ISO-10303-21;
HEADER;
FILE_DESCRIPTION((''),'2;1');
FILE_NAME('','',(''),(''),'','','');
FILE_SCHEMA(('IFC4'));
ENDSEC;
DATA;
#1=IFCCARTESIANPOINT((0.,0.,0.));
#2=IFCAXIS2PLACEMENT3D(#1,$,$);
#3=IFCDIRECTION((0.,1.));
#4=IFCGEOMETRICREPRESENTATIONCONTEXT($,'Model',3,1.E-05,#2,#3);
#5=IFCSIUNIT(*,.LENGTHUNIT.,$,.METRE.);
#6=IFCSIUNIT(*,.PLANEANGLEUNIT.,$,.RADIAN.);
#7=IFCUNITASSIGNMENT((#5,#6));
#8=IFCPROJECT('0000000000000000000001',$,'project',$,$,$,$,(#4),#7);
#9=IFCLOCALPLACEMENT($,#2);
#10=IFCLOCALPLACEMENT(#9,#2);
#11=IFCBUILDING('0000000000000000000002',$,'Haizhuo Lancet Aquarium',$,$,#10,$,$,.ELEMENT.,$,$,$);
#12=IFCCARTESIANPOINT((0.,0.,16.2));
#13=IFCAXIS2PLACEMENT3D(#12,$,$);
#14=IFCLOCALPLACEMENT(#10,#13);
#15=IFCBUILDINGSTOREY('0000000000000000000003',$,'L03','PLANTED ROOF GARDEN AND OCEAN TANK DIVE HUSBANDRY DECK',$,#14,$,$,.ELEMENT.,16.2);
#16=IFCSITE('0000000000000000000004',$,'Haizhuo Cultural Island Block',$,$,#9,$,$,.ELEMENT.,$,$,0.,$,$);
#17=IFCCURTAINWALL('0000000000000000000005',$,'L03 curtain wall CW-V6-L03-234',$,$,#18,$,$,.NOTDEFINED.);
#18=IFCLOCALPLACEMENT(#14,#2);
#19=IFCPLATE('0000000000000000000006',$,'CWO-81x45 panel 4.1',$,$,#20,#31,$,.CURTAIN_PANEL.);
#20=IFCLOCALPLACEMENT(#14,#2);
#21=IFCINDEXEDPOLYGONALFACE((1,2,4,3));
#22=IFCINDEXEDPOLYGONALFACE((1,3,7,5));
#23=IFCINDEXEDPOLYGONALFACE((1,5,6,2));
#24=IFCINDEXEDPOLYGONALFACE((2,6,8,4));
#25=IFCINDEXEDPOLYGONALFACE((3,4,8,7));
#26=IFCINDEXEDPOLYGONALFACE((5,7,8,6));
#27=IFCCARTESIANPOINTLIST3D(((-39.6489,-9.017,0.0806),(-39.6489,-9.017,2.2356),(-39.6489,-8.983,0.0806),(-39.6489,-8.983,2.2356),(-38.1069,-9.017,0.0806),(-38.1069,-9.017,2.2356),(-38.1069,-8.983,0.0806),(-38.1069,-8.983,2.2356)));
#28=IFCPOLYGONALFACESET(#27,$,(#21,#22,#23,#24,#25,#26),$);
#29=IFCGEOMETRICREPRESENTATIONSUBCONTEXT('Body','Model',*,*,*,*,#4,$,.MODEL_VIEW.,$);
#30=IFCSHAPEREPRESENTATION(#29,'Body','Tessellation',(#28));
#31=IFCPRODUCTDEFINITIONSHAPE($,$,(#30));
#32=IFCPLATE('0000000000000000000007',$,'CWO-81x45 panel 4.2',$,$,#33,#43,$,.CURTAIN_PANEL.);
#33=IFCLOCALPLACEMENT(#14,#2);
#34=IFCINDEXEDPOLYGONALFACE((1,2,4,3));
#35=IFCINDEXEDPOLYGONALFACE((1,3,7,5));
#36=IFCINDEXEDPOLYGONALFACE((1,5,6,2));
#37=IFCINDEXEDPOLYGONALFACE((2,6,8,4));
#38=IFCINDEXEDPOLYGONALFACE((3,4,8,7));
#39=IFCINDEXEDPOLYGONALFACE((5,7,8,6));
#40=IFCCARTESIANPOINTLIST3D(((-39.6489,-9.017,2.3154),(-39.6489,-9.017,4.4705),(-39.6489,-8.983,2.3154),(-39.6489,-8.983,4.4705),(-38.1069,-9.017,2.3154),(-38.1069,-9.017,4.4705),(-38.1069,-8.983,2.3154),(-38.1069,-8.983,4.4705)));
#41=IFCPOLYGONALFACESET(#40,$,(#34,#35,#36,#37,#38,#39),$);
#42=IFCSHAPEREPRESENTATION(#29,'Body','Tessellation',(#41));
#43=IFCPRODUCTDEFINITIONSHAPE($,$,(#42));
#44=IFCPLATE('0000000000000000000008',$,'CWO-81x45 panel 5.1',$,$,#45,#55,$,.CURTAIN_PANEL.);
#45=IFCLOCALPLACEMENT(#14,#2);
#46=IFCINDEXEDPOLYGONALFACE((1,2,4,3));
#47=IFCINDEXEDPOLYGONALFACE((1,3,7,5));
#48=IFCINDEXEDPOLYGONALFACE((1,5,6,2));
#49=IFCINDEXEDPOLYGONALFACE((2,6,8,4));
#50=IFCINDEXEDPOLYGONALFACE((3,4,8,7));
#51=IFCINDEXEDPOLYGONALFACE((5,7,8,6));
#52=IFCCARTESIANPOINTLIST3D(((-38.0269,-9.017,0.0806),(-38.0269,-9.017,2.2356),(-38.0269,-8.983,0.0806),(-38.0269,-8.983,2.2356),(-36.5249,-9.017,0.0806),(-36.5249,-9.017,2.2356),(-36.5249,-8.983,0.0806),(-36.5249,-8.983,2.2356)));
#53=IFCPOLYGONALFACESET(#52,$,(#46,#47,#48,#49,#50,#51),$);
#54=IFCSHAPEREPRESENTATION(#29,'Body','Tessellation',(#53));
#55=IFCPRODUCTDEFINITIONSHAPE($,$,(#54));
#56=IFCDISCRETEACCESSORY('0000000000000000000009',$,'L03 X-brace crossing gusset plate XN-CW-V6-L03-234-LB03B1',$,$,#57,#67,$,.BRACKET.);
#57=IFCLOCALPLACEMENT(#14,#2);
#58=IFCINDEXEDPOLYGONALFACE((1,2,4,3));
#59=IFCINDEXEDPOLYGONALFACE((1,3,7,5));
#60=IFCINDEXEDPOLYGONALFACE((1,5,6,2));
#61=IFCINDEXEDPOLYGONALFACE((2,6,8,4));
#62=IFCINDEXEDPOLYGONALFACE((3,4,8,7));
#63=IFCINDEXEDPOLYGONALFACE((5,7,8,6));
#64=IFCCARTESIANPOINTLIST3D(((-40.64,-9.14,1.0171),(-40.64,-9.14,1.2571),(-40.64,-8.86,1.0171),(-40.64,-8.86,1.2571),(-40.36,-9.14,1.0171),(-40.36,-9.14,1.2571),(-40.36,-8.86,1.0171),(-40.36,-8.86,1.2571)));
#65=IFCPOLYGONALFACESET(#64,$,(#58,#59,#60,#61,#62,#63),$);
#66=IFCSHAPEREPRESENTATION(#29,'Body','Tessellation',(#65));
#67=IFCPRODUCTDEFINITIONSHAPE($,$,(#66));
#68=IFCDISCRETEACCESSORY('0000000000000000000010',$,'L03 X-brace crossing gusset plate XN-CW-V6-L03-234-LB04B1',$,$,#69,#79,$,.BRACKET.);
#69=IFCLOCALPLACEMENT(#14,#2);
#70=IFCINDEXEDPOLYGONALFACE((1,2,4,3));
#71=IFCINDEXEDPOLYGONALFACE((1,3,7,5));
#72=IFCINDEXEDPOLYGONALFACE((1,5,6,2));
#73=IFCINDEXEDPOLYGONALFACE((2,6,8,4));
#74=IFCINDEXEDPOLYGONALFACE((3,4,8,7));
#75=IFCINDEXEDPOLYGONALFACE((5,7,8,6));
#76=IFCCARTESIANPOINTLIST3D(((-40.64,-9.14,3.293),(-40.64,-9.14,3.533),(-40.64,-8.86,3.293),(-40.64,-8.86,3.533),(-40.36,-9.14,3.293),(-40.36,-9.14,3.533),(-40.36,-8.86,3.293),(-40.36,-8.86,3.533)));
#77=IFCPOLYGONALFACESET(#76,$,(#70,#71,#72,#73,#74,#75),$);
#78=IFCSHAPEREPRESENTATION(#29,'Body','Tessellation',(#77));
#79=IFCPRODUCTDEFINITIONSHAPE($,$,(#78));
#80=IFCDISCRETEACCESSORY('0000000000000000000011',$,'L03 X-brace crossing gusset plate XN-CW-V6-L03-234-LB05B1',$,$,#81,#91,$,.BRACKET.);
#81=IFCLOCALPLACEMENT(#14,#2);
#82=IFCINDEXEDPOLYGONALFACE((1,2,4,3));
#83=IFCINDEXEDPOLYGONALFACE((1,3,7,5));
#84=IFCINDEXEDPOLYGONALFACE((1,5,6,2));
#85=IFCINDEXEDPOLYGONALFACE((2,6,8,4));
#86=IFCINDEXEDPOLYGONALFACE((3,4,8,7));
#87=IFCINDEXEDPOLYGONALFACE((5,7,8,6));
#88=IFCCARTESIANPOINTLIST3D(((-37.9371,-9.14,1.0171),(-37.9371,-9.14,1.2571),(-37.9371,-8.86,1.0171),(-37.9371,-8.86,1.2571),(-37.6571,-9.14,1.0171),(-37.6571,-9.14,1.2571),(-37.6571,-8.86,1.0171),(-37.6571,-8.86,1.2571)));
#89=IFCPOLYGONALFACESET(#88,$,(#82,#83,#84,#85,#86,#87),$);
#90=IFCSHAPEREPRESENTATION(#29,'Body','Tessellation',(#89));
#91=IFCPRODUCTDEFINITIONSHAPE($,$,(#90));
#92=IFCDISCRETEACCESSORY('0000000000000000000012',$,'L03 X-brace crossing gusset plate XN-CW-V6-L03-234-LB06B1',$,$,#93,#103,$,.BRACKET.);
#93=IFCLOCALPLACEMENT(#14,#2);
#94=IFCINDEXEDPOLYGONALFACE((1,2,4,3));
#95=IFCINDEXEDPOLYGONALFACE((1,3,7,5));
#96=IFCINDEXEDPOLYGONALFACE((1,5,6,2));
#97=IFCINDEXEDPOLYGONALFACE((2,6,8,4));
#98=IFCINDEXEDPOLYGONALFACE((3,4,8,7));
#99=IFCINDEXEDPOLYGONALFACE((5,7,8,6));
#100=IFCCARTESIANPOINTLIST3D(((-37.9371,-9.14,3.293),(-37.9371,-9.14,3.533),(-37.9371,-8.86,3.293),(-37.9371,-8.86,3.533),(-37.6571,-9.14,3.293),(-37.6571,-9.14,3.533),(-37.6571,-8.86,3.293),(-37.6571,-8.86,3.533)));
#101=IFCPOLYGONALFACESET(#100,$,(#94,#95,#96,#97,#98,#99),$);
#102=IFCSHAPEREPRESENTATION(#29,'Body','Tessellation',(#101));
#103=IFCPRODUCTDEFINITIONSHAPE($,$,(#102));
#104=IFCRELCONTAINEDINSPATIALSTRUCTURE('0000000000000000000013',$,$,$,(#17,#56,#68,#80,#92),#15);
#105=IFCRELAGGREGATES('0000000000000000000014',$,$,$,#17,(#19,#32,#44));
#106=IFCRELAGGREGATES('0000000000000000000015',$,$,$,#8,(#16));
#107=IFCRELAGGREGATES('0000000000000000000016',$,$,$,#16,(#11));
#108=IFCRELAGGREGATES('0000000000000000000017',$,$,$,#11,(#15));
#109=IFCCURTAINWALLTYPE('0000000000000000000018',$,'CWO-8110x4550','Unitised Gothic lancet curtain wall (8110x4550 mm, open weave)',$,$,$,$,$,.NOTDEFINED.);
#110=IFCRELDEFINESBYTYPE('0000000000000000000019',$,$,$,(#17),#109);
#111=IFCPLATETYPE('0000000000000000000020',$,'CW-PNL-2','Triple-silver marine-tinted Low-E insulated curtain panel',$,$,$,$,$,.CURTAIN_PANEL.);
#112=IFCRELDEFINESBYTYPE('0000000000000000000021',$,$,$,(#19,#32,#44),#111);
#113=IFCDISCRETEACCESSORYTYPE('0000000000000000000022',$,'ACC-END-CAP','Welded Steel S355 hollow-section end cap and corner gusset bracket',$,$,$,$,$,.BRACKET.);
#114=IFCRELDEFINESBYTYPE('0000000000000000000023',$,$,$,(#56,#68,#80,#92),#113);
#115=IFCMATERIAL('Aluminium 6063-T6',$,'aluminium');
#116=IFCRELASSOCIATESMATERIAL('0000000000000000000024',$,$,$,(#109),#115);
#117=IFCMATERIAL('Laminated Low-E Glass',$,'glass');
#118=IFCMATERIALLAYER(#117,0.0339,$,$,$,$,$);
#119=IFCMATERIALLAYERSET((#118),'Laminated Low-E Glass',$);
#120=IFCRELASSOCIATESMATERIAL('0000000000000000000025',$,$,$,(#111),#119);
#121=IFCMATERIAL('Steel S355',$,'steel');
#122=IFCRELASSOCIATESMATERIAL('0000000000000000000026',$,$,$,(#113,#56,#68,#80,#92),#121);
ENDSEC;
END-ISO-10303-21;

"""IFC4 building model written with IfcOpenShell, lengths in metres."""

from ifc_helpers import new_model, si_unit, direction, frame, origin, origin_2d, place, context, subcontext, project, spatial, rectangle, extrude, material, layer, layer_set, type_object, element, aggregate, save


model = new_model("IFC4")

# Units and contexts
model_context = context("Model", 3, precision=1e-05, world=origin(), true_north=direction((0.0, 1.0)))
body_context = subcontext(model_context, "Body", "Model", "MODEL_VIEW")
ifc_project = project(units=[si_unit("LENGTHUNIT", "METRE"), si_unit("PLANEANGLEUNIT", "RADIAN")], contexts=[model_context])

# Site, building, storey
site_placement = place(None, origin())
site = spatial("IfcSite", under=ifc_project, at=site_placement, Name="Haizhuo Cultural Island Block", CompositionType="ELEMENT", RefElevation=0.0)
building_placement = place(site_placement, origin())
building = spatial("IfcBuilding", under=site, at=building_placement, Name="Haizhuo Lancet Aquarium", CompositionType="ELEMENT")
storey_placement = place(building_placement, frame((0.0, 0.0, 16.2)))
storey = spatial("IfcBuildingStorey", under=building, at=storey_placement, Name="L03", Description="PLANTED ROOF GARDEN AND OCEAN TANK DIVE HUSBANDRY DECK", CompositionType="ELEMENT", Elevation=16.2)

# Curtain wall
ifc_material_1 = material(Name="Aluminium 6063-T6", Category="aluminium")
curtain_wall_type = type_object("IfcCurtainWallType", Name="CWO-8110x4550", Description="Unitised Gothic lancet curtain wall (8110x4550 mm, open weave)", PredefinedType="NOTDEFINED", material=ifc_material_1)
curtain_wall_placement = place(storey_placement, origin())
curtain_wall = element("IfcCurtainWall", 1, at=curtain_wall_placement, inside=storey, type_object=curtain_wall_type, Name="L03 curtain wall CW-V6-L03-234", PredefinedType="NOTDEFINED")

# Shared definitions
ifc_material_2 = material(Name="Steel S355", Category="steel")

# Plates
ifc_material_3 = material(Name="Laminated Low-E Glass", Category="glass")
ifc_layer = layer(ifc_material_3, 0.0339)
ifc_layer_set = layer_set([ifc_layer], Name="Laminated Low-E Glass")
plate_type = type_object("IfcPlateType", Name="CW-PNL-2", Description="Triple-silver marine-tinted Low-E insulated curtain panel", PredefinedType="CURTAIN_PANEL", material=ifc_layer_set)
plate_1_placement = place(storey_placement, frame((-38.8779, -9.0, 0.0806), z_axis=(0.0, 0.0, 1.0), x_axis=(1.0, 0.0, 0.0)))
plate_1 = element("IfcPlate", 2, at=plate_1_placement, type_object=plate_type, Name="CWO-81x45 panel 4.1", PredefinedType="CURTAIN_PANEL", context=body_context, shape_type="SweptSolid", body=[
    extrude(rectangle(XDim=1.542, YDim=0.0339, at=origin_2d()), origin(), (0.0, 0.0, 1.0), 2.155),
])
plate_2_placement = place(storey_placement, frame((-38.8779, -9.0, 2.3154), z_axis=(0.0, 0.0, 1.0), x_axis=(1.0, 0.0, 0.0)))
plate_2 = element("IfcPlate", 3, at=plate_2_placement, type_object=plate_type, Name="CWO-81x45 panel 4.2", PredefinedType="CURTAIN_PANEL", context=body_context, shape_type="SweptSolid", body=[
    extrude(rectangle(XDim=1.542, YDim=0.0339, at=origin_2d()), origin(), (0.0, 0.0, 1.0), 2.155),
])
plate_3_placement = place(storey_placement, frame((-37.2759, -9.0, 0.0806), z_axis=(0.0, 0.0, 1.0), x_axis=(1.0, 0.0, 0.0)))
plate_3 = element("IfcPlate", 4, at=plate_3_placement, type_object=plate_type, Name="CWO-81x45 panel 5.1", PredefinedType="CURTAIN_PANEL", context=body_context, shape_type="SweptSolid", body=[
    extrude(rectangle(XDim=1.502, YDim=0.0339, at=origin_2d()), origin(), (0.0, 0.0, 1.0), 2.155),
])
aggregate(curtain_wall, [plate_1, plate_2, plate_3])

# Discrete accessories
discrete_accessory_type = type_object("IfcDiscreteAccessoryType", Name="ACC-END-CAP", Description="Welded Steel S355 hollow-section end cap and corner gusset bracket", PredefinedType="BRACKET", material=ifc_material_2)
for number, where, z_axis, x_axis, name in (
    (5, (-40.5, -9.0, 1.0171), (0.0, 0.0, 1.0), (1.0, 0.0, 0.0), "L03 X-brace crossing gusset plate XN-CW-V6-L03-234-LB03B1"),
    (6, (-40.5, -9.0, 3.293), (0.0, 0.0, 1.0), (1.0, 0.0, 0.0), "L03 X-brace crossing gusset plate XN-CW-V6-L03-234-LB04B1"),
    (7, (-37.7971, -9.0, 1.0171), (0.0, 0.0, 1.0), (1.0, 0.0, 0.0), "L03 X-brace crossing gusset plate XN-CW-V6-L03-234-LB05B1"),
    (8, (-37.7971, -9.0, 3.293), (0.0, 0.0, 1.0), (1.0, 0.0, 0.0), "L03 X-brace crossing gusset plate XN-CW-V6-L03-234-LB06B1"),
):
    element("IfcDiscreteAccessory", number, at=place(storey_placement, frame(where, z_axis=z_axis, x_axis=x_axis)), inside=storey, type_object=discrete_accessory_type, material=ifc_material_2, Name=name, PredefinedType="BRACKET", context=body_context, shape_type="SweptSolid", body=[
        extrude(rectangle(XDim=0.28, YDim=0.28, at=origin_2d()), origin(), (0.0, 0.0, 1.0), 0.24),
    ])

save(model, "model.ifc")
